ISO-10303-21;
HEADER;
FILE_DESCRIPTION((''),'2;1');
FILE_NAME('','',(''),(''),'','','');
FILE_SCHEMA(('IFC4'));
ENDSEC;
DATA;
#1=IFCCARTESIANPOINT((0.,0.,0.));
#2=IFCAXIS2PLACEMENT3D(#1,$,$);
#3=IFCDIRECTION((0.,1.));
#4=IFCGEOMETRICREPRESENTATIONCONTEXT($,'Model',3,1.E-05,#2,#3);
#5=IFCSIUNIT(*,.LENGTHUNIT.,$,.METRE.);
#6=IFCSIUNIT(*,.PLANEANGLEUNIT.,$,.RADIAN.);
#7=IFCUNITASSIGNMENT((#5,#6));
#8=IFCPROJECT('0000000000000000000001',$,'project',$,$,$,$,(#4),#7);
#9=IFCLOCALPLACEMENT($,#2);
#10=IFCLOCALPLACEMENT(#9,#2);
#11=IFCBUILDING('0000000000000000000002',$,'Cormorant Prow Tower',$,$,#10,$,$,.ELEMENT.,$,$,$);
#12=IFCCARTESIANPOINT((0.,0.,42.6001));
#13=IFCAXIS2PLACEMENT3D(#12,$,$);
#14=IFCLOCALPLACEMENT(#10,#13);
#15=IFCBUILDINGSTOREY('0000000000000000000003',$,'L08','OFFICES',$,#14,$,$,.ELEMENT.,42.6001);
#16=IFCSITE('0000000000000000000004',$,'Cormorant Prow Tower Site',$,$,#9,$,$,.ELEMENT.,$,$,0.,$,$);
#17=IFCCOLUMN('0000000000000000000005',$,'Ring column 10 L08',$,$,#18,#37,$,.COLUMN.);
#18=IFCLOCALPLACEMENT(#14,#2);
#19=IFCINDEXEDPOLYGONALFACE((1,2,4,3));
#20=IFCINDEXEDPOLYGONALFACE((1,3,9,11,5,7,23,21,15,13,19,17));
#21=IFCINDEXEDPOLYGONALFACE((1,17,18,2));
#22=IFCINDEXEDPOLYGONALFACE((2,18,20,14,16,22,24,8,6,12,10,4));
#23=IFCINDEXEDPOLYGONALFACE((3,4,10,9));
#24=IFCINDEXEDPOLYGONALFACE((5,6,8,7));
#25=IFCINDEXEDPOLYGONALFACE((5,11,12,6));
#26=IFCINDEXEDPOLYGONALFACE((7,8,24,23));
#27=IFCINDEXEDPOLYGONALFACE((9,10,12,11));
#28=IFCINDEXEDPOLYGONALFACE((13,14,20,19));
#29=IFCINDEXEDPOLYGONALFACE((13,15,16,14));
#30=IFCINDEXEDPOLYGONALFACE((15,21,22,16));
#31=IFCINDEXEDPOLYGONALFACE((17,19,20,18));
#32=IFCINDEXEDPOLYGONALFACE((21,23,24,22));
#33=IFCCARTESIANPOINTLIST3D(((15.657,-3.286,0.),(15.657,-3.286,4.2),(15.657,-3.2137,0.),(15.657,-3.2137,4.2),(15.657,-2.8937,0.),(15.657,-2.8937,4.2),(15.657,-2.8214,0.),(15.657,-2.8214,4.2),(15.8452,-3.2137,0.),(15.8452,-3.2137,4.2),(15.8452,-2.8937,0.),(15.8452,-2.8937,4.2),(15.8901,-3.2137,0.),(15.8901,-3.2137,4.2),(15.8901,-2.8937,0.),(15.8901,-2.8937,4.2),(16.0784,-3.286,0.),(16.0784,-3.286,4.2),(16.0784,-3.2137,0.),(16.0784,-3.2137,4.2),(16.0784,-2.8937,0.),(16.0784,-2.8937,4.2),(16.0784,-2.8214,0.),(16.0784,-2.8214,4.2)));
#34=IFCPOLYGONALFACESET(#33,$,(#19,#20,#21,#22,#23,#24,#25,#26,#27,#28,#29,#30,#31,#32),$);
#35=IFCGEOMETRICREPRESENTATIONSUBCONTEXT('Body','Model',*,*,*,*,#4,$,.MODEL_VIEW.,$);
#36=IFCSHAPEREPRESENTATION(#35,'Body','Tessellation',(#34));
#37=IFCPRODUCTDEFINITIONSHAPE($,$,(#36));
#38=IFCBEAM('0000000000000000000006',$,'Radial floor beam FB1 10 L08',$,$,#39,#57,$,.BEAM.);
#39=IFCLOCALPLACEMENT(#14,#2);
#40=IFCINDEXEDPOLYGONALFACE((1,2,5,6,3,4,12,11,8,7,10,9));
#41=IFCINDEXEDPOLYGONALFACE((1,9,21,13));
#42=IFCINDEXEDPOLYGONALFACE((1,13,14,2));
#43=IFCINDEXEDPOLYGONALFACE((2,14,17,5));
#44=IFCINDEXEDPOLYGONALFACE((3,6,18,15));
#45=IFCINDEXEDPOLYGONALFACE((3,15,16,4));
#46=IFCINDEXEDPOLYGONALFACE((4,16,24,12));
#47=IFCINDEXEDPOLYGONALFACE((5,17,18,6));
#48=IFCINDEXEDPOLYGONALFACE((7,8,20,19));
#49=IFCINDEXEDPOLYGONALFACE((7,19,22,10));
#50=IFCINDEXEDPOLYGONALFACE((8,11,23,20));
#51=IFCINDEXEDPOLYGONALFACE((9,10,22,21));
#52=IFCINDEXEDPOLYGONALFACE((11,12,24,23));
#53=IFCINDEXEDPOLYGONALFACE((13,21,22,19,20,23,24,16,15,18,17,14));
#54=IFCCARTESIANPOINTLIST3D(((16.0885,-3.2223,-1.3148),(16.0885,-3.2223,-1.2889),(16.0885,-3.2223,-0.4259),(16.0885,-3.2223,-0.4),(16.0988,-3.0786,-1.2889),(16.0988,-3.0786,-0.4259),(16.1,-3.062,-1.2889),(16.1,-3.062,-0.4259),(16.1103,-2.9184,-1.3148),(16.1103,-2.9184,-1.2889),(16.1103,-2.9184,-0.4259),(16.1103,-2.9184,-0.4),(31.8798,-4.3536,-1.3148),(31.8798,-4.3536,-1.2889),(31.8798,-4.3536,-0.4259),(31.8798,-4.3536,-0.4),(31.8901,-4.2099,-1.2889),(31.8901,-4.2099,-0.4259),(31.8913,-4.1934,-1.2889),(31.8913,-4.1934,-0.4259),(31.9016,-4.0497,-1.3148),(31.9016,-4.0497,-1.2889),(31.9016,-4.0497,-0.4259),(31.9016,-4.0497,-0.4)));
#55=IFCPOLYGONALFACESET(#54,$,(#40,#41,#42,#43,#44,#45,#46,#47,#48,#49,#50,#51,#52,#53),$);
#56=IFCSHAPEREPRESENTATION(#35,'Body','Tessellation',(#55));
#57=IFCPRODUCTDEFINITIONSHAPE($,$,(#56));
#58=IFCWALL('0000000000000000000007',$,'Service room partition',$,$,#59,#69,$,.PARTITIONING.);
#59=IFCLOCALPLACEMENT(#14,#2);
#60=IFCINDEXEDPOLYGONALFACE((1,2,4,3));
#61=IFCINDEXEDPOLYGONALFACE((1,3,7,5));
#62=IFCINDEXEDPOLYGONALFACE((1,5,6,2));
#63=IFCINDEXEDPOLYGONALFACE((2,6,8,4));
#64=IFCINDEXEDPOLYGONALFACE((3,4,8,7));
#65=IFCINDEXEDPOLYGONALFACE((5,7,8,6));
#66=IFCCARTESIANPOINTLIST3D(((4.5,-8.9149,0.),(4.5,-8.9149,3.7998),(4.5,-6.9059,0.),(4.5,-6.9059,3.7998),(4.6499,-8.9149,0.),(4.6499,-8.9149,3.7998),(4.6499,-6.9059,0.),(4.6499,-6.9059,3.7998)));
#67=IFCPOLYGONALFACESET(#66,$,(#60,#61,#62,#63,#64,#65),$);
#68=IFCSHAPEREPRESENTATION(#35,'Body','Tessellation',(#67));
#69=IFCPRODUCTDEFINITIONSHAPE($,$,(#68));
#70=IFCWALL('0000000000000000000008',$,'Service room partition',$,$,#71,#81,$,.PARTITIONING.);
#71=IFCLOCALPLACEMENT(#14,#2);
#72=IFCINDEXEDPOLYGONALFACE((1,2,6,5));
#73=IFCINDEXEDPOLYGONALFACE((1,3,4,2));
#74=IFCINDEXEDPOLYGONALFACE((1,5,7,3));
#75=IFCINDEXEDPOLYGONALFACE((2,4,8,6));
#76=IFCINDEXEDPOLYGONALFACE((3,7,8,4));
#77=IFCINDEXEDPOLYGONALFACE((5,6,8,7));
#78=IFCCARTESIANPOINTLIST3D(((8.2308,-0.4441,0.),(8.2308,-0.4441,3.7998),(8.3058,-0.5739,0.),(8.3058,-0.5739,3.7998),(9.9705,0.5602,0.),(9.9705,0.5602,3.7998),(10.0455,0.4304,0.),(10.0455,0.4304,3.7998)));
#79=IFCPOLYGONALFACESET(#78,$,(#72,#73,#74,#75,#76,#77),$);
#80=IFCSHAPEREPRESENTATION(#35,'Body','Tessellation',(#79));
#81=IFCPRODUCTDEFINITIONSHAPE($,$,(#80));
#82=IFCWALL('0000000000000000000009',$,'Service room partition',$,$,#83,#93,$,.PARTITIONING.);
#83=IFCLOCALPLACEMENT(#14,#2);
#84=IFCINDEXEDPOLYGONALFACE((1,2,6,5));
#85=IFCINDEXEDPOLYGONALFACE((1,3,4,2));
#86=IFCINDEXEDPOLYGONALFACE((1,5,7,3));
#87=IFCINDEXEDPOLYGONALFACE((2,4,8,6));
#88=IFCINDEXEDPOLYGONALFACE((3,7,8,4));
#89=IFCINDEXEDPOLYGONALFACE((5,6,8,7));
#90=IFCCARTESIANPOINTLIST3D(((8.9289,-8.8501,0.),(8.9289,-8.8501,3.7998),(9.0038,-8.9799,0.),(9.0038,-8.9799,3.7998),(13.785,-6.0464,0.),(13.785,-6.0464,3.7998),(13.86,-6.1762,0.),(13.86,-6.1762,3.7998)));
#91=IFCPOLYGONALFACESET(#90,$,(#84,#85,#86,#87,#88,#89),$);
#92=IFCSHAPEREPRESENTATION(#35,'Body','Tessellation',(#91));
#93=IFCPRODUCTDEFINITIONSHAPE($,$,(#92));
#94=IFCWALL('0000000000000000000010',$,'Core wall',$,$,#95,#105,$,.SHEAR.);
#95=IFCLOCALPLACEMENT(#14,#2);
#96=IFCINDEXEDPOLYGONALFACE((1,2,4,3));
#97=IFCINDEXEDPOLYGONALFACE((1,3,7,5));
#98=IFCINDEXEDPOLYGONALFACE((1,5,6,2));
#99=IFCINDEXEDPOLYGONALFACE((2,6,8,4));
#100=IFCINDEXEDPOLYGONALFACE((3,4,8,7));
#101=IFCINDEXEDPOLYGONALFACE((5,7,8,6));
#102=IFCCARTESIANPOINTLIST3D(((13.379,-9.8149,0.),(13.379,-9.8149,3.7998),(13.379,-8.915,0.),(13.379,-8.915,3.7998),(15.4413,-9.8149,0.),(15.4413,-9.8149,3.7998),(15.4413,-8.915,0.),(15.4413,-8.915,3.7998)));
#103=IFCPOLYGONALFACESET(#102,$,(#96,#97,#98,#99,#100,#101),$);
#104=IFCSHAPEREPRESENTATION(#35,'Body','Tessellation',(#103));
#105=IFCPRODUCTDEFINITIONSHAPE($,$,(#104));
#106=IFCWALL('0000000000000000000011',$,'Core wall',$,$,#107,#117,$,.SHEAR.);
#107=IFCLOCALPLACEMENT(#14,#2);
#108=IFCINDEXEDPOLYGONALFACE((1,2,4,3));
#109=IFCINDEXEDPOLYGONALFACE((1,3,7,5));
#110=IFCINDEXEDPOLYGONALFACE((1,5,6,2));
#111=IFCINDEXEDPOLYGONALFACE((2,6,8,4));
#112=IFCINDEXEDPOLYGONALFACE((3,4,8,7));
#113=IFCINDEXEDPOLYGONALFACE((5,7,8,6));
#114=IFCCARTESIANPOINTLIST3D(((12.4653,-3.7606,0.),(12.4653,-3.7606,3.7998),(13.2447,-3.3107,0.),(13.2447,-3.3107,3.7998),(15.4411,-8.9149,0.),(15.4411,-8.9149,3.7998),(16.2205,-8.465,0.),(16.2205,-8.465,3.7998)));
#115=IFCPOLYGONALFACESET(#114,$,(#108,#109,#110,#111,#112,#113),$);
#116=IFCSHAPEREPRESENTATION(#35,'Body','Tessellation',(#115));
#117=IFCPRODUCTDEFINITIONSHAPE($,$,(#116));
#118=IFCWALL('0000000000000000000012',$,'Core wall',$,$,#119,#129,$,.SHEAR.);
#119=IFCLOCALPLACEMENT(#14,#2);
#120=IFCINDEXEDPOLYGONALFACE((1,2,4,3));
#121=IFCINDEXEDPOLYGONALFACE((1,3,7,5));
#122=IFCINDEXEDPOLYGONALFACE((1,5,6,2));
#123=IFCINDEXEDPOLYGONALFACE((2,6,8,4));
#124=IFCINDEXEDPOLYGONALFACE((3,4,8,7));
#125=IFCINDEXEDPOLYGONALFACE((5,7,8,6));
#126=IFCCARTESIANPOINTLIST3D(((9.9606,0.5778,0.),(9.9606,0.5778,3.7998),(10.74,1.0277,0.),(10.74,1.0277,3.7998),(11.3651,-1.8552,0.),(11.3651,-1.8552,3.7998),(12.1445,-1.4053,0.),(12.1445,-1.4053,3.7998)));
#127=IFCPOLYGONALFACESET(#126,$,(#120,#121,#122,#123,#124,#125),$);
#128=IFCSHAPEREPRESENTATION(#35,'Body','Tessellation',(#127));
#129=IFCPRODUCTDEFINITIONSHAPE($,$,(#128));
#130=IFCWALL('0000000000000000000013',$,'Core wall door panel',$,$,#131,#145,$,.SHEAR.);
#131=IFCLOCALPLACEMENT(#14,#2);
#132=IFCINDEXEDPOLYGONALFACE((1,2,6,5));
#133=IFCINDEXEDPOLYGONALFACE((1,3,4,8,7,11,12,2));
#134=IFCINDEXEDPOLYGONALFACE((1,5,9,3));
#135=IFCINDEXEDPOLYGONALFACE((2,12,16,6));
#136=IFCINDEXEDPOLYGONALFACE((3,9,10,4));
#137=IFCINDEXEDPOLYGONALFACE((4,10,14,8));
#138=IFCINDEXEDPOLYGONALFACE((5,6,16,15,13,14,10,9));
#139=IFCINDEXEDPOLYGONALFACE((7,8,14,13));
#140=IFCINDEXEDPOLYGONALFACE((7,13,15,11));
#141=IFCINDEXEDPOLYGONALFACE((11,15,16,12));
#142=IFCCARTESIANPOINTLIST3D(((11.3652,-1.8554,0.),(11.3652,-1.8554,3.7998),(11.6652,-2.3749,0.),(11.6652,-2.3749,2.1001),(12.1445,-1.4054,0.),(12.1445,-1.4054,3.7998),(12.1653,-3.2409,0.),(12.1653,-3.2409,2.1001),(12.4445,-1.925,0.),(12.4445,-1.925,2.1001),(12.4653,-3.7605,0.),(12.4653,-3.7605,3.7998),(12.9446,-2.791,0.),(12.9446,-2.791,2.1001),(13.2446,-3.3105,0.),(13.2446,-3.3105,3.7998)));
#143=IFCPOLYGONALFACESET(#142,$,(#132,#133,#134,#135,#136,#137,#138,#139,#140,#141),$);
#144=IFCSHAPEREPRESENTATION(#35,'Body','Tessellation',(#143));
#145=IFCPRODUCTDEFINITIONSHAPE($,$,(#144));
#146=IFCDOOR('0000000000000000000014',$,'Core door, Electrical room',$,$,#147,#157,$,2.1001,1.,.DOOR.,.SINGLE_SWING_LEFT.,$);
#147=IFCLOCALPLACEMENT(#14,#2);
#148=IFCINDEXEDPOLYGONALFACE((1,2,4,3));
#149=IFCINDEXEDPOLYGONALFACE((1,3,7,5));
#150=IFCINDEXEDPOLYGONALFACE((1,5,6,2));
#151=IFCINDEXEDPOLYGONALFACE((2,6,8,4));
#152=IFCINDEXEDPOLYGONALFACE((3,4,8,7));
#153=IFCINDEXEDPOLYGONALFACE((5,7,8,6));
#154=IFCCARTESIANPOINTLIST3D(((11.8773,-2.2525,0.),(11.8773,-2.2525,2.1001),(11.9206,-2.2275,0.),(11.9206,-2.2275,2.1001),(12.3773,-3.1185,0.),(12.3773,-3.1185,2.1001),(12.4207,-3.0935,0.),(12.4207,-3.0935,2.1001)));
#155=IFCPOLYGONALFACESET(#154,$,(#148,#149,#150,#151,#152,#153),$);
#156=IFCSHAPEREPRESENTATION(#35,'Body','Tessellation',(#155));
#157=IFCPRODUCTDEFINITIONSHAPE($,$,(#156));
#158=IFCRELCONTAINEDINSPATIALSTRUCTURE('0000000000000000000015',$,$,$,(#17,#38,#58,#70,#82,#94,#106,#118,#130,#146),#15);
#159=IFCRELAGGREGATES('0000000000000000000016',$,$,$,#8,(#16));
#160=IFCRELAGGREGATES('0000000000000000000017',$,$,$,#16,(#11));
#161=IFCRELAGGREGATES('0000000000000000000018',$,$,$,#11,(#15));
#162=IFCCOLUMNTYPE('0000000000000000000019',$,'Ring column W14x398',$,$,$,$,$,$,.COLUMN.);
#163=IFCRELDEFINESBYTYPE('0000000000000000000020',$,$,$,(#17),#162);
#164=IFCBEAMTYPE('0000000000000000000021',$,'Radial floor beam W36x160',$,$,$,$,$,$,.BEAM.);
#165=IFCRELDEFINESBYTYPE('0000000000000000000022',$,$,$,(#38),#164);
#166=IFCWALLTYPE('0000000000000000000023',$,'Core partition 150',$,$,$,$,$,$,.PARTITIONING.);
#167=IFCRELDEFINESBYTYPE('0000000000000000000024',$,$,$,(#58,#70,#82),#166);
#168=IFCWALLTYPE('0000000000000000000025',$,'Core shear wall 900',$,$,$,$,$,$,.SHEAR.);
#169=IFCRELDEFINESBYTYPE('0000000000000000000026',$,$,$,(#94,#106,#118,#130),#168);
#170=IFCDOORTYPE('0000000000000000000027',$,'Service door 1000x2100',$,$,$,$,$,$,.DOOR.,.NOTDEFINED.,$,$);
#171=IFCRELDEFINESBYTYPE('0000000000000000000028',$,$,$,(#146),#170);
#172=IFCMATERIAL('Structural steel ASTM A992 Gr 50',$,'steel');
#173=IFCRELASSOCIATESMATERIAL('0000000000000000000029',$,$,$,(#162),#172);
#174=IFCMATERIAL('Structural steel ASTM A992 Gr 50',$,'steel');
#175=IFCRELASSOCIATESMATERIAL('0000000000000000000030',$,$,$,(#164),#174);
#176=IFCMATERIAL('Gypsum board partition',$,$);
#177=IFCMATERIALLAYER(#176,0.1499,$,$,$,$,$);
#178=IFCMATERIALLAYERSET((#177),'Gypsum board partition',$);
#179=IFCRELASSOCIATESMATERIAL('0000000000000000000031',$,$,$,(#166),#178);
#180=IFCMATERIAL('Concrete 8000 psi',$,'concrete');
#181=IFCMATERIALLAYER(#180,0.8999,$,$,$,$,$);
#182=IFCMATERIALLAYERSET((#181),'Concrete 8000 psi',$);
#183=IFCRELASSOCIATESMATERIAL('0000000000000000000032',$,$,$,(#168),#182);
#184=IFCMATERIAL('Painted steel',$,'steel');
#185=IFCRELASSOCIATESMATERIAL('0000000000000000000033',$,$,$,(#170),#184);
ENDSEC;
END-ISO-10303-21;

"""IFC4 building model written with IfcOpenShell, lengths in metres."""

from ifc_helpers import new_model, si_unit, direction, frame, frame_2d, origin, origin_2d, place, context, subcontext, project, spatial, rectangle, i_section, extrude, material, layer, layer_set, material_profile, profile_set, type_object, element, fill, save


model = new_model("IFC4")

# Units and contexts
model_context = context("Model", 3, precision=1e-05, world=origin(), true_north=direction((0.0, 1.0)))
body_context = subcontext(model_context, "Body", "Model", "MODEL_VIEW")
ifc_project = project(units=[si_unit("LENGTHUNIT", "METRE"), si_unit("PLANEANGLEUNIT", "RADIAN")], contexts=[model_context])

# Site, building, storey
site_placement = place(None, origin())
site = spatial("IfcSite", under=ifc_project, at=site_placement, Name="Cormorant Prow Tower Site", CompositionType="ELEMENT", RefElevation=0.0)
building_placement = place(site_placement, origin())
building = spatial("IfcBuilding", under=site, at=building_placement, Name="Cormorant Prow Tower", CompositionType="ELEMENT")
storey_placement = place(building_placement, frame((0.0, 0.0, 42.6001)))
storey = spatial("IfcBuildingStorey", under=building, at=storey_placement, Name="L08", Description="OFFICES", CompositionType="ELEMENT", Elevation=42.6001)

# Column
ifc_material_1 = material(Name="Structural steel ASTM A992 Gr 50", Category="steel")
ifc_material_profile_1 = material_profile(ifc_material_1, i_section(OverallWidth=0.4214, OverallDepth=0.4646, WebThickness=0.0449, FlangeThickness=0.0723, at=origin_2d()), Name="W14x398")
ifc_profile_set_1 = profile_set([ifc_material_profile_1], Name="Structural steel ASTM A992 Gr 50")
column_type = type_object("IfcColumnType", Name="Ring column W14x398", PredefinedType="COLUMN", material=ifc_profile_set_1)
column_placement = place(storey_placement, frame((15.8677, -3.0537, 0.0), z_axis=(0.0, 0.0, 1.0), x_axis=(1.0, 0.0, 0.0)))
element("IfcColumn", 1, at=column_placement, inside=storey, type_object=column_type, Name="Ring column 10 L08", PredefinedType="COLUMN", context=body_context, shape_type="SweptSolid", body=[
    extrude(i_section(OverallWidth=0.4214, OverallDepth=0.4646, WebThickness=0.0449, FlangeThickness=0.0723, at=origin_2d()), origin(), (0.0, 0.0, 1.0), 4.2),
])

# Beam
ifc_material_2 = material(Name="Structural steel ASTM A992 Gr 50", Category="steel")
ifc_material_profile_2 = material_profile(ifc_material_2, i_section(OverallWidth=0.3047, OverallDepth=0.9148, WebThickness=0.0166, FlangeThickness=0.0259, at=origin_2d()), Name="W36x160")
ifc_profile_set_2 = profile_set([ifc_material_profile_2], Name="Structural steel ASTM A992 Gr 50")
beam_type = type_object("IfcBeamType", Name="Radial floor beam W36x160", PredefinedType="BEAM", material=ifc_profile_set_2)
beam_placement = place(storey_placement, frame((16.0994, -3.0703, -0.8574), z_axis=(0.997443, -0.071461, 0.0), x_axis=(0.071461, 0.997443, 0.0)))
element("IfcBeam", 2, at=beam_placement, inside=storey, type_object=beam_type, Name="Radial floor beam FB1 10 L08", PredefinedType="BEAM", context=body_context, shape_type="SweptSolid", body=[
    extrude(i_section(OverallWidth=0.3047, OverallDepth=0.9148, WebThickness=0.0166, FlangeThickness=0.0259, at=origin_2d()), origin(), (0.0, 0.0, 1.0), 15.8318),
])

# Walls
ifc_material_3 = material(Name="Gypsum board partition")
ifc_layer_1 = layer(ifc_material_3, 0.1499)
ifc_layer_set_1 = layer_set([ifc_layer_1], Name="Gypsum board partition")
wall_type_1 = type_object("IfcWallType", Name="Core partition 150", PredefinedType="PARTITIONING", material=ifc_layer_set_1)
wall_1_placement = place(storey_placement, frame((4.575, -6.906, 0.0), z_axis=(0.0, 0.0, 1.0), x_axis=(0.0, -1.0, 0.0)))
element("IfcWall", 3, at=wall_1_placement, inside=storey, type_object=wall_type_1, Name="Service room partition", PredefinedType="PARTITIONING", context=body_context, shape_type="SweptSolid", body=[
    extrude(rectangle(XDim=2.009, YDim=0.1499, at=frame_2d((1.0044, 0.0))), origin(), (0.0, 0.0, 1.0), 3.7998),
])
wall_2_placement = place(storey_placement, frame((8.2683, -0.509, 0.0), z_axis=(0.0, 0.0, 1.0), x_axis=(0.866036, 0.499982, 0.0)))
element("IfcWall", 4, at=wall_2_placement, inside=storey, type_object=wall_type_1, Name="Service room partition", PredefinedType="PARTITIONING", context=body_context, shape_type="SweptSolid", body=[
    extrude(rectangle(XDim=2.0088, YDim=0.1499, at=frame_2d((1.0044, 0.0))), origin(), (0.0, 0.0, 1.0), 3.7998),
])
wall_3_placement = place(storey_placement, frame((13.8225, -6.1113, 0.0), z_axis=(0.0, 0.0, 1.0), x_axis=(-0.866027, -0.499998, 0.0)))
element("IfcWall", 5, at=wall_3_placement, inside=storey, type_object=wall_type_1, Name="Service room partition", PredefinedType="PARTITIONING", context=body_context, shape_type="SweptSolid", body=[
    extrude(rectangle(XDim=5.6074, YDim=0.1499, at=frame_2d((2.8037, 0.0))), origin(), (0.0, 0.0, 1.0), 3.7998),
])
ifc_material_4 = material(Name="Concrete 8000 psi", Category="concrete")
ifc_layer_2 = layer(ifc_material_4, 0.8999)
ifc_layer_set_2 = layer_set([ifc_layer_2], Name="Concrete 8000 psi")
wall_type_2 = type_object("IfcWallType", Name="Core shear wall 900", PredefinedType="SHEAR", material=ifc_layer_set_2)
wall_4_placement = place(storey_placement, frame((13.3789, -9.365, 0.0), z_axis=(0.0, 0.0, 1.0), x_axis=(1.0, 0.0, 0.0)))
element("IfcWall", 6, at=wall_4_placement, inside=storey, type_object=wall_type_2, Name="Core wall", PredefinedType="SHEAR", context=body_context, shape_type="SweptSolid", body=[
    extrude(rectangle(XDim=2.0623, YDim=0.8999, at=frame_2d((1.0312, 0.0))), origin(), (0.0, 0.0, 1.0), 3.7998),
])
wall_5_placement = place(storey_placement, frame((15.8308, -8.6899, 0.0), z_axis=(0.0, 0.0, 1.0), x_axis=(-0.499999, 0.866026, 0.0)))
element("IfcWall", 7, at=wall_5_placement, inside=storey, type_object=wall_type_2, Name="Core wall", PredefinedType="SHEAR", context=body_context, shape_type="SweptSolid", body=[
    extrude(rectangle(XDim=5.9517, YDim=0.8999, at=frame_2d((2.9758, 0.0))), origin(), (0.0, 0.0, 1.0), 3.7998),
])
wall_6_placement = place(storey_placement, frame((11.7549, -1.6304, 0.0), z_axis=(0.0, 0.0, 1.0), x_axis=(-0.499943, 0.866058, 0.0)))
element("IfcWall", 8, at=wall_6_placement, inside=storey, type_object=wall_type_2, Name="Core wall", PredefinedType="SHEAR", context=body_context, shape_type="SweptSolid", body=[
    extrude(rectangle(XDim=2.8093, YDim=0.8999, at=frame_2d((1.4048, 0.0))), origin(), (0.0, 0.0, 1.0), 3.7998),
])

# Wall, opening, door
wall_7_placement = place(storey_placement, frame((12.855, -3.5356, 0.0), z_axis=(0.0, 0.0, 1.0), x_axis=(-0.50003, 0.866008, 0.0)))
wall_7 = element("IfcWall", 9, at=wall_7_placement, inside=storey, type_object=wall_type_2, Name="Core wall door panel", PredefinedType="SHEAR", context=body_context, shape_type="SweptSolid", body=[
    extrude(rectangle(XDim=2.2, YDim=0.8999, at=frame_2d((1.1001, 0.0))), origin(), (0.0, 0.0, 1.0), 3.7998),
])
opening_1_placement = place(wall_7_placement, frame((0.6001, 0.0, 0.0)))
opening_1 = element("IfcOpeningElement", 10, at=opening_1_placement, cuts=wall_7, PredefinedType="OPENING", context=body_context, shape_type="SweptSolid", body=[
    extrude(rectangle(XDim=1.0, YDim=2.1001, at=frame_2d((0.5, 1.05))), frame((0.0, 0.46, 0.0), z_axis=(0.0, -1.0, 0.0), x_axis=(1.0, 0.0, 0.0)), (0.0, 0.0, 1.0), 0.9199),
])
ifc_material_5 = material(Name="Painted steel", Category="steel")
door_type_1 = type_object("IfcDoorType", Name="Service door 1000x2100", OperationType="NOTDEFINED", PredefinedType="DOOR", material=ifc_material_5)
door_1_placement = place(opening_1_placement, origin())
door_1 = element("IfcDoor", 11, at=door_1_placement, inside=storey, type_object=door_type_1, Name="Core door, Electrical room", OperationType="SINGLE_SWING_LEFT", OverallHeight=2.1001, OverallWidth=1.0, PredefinedType="DOOR", context=body_context, shape_type="SweptSolid", body=[
    extrude(rectangle(XDim=1.0, YDim=2.1001, at=frame_2d((0.5, 1.05))), frame((0.0, 0.2051, 0.0), z_axis=(0.0, -1.0, 0.0), x_axis=(1.0, 0.0, 0.0)), (0.0, 0.0, 1.0), 0.05),
])
fill(opening_1, door_1)

save(model, "model.ifc")
